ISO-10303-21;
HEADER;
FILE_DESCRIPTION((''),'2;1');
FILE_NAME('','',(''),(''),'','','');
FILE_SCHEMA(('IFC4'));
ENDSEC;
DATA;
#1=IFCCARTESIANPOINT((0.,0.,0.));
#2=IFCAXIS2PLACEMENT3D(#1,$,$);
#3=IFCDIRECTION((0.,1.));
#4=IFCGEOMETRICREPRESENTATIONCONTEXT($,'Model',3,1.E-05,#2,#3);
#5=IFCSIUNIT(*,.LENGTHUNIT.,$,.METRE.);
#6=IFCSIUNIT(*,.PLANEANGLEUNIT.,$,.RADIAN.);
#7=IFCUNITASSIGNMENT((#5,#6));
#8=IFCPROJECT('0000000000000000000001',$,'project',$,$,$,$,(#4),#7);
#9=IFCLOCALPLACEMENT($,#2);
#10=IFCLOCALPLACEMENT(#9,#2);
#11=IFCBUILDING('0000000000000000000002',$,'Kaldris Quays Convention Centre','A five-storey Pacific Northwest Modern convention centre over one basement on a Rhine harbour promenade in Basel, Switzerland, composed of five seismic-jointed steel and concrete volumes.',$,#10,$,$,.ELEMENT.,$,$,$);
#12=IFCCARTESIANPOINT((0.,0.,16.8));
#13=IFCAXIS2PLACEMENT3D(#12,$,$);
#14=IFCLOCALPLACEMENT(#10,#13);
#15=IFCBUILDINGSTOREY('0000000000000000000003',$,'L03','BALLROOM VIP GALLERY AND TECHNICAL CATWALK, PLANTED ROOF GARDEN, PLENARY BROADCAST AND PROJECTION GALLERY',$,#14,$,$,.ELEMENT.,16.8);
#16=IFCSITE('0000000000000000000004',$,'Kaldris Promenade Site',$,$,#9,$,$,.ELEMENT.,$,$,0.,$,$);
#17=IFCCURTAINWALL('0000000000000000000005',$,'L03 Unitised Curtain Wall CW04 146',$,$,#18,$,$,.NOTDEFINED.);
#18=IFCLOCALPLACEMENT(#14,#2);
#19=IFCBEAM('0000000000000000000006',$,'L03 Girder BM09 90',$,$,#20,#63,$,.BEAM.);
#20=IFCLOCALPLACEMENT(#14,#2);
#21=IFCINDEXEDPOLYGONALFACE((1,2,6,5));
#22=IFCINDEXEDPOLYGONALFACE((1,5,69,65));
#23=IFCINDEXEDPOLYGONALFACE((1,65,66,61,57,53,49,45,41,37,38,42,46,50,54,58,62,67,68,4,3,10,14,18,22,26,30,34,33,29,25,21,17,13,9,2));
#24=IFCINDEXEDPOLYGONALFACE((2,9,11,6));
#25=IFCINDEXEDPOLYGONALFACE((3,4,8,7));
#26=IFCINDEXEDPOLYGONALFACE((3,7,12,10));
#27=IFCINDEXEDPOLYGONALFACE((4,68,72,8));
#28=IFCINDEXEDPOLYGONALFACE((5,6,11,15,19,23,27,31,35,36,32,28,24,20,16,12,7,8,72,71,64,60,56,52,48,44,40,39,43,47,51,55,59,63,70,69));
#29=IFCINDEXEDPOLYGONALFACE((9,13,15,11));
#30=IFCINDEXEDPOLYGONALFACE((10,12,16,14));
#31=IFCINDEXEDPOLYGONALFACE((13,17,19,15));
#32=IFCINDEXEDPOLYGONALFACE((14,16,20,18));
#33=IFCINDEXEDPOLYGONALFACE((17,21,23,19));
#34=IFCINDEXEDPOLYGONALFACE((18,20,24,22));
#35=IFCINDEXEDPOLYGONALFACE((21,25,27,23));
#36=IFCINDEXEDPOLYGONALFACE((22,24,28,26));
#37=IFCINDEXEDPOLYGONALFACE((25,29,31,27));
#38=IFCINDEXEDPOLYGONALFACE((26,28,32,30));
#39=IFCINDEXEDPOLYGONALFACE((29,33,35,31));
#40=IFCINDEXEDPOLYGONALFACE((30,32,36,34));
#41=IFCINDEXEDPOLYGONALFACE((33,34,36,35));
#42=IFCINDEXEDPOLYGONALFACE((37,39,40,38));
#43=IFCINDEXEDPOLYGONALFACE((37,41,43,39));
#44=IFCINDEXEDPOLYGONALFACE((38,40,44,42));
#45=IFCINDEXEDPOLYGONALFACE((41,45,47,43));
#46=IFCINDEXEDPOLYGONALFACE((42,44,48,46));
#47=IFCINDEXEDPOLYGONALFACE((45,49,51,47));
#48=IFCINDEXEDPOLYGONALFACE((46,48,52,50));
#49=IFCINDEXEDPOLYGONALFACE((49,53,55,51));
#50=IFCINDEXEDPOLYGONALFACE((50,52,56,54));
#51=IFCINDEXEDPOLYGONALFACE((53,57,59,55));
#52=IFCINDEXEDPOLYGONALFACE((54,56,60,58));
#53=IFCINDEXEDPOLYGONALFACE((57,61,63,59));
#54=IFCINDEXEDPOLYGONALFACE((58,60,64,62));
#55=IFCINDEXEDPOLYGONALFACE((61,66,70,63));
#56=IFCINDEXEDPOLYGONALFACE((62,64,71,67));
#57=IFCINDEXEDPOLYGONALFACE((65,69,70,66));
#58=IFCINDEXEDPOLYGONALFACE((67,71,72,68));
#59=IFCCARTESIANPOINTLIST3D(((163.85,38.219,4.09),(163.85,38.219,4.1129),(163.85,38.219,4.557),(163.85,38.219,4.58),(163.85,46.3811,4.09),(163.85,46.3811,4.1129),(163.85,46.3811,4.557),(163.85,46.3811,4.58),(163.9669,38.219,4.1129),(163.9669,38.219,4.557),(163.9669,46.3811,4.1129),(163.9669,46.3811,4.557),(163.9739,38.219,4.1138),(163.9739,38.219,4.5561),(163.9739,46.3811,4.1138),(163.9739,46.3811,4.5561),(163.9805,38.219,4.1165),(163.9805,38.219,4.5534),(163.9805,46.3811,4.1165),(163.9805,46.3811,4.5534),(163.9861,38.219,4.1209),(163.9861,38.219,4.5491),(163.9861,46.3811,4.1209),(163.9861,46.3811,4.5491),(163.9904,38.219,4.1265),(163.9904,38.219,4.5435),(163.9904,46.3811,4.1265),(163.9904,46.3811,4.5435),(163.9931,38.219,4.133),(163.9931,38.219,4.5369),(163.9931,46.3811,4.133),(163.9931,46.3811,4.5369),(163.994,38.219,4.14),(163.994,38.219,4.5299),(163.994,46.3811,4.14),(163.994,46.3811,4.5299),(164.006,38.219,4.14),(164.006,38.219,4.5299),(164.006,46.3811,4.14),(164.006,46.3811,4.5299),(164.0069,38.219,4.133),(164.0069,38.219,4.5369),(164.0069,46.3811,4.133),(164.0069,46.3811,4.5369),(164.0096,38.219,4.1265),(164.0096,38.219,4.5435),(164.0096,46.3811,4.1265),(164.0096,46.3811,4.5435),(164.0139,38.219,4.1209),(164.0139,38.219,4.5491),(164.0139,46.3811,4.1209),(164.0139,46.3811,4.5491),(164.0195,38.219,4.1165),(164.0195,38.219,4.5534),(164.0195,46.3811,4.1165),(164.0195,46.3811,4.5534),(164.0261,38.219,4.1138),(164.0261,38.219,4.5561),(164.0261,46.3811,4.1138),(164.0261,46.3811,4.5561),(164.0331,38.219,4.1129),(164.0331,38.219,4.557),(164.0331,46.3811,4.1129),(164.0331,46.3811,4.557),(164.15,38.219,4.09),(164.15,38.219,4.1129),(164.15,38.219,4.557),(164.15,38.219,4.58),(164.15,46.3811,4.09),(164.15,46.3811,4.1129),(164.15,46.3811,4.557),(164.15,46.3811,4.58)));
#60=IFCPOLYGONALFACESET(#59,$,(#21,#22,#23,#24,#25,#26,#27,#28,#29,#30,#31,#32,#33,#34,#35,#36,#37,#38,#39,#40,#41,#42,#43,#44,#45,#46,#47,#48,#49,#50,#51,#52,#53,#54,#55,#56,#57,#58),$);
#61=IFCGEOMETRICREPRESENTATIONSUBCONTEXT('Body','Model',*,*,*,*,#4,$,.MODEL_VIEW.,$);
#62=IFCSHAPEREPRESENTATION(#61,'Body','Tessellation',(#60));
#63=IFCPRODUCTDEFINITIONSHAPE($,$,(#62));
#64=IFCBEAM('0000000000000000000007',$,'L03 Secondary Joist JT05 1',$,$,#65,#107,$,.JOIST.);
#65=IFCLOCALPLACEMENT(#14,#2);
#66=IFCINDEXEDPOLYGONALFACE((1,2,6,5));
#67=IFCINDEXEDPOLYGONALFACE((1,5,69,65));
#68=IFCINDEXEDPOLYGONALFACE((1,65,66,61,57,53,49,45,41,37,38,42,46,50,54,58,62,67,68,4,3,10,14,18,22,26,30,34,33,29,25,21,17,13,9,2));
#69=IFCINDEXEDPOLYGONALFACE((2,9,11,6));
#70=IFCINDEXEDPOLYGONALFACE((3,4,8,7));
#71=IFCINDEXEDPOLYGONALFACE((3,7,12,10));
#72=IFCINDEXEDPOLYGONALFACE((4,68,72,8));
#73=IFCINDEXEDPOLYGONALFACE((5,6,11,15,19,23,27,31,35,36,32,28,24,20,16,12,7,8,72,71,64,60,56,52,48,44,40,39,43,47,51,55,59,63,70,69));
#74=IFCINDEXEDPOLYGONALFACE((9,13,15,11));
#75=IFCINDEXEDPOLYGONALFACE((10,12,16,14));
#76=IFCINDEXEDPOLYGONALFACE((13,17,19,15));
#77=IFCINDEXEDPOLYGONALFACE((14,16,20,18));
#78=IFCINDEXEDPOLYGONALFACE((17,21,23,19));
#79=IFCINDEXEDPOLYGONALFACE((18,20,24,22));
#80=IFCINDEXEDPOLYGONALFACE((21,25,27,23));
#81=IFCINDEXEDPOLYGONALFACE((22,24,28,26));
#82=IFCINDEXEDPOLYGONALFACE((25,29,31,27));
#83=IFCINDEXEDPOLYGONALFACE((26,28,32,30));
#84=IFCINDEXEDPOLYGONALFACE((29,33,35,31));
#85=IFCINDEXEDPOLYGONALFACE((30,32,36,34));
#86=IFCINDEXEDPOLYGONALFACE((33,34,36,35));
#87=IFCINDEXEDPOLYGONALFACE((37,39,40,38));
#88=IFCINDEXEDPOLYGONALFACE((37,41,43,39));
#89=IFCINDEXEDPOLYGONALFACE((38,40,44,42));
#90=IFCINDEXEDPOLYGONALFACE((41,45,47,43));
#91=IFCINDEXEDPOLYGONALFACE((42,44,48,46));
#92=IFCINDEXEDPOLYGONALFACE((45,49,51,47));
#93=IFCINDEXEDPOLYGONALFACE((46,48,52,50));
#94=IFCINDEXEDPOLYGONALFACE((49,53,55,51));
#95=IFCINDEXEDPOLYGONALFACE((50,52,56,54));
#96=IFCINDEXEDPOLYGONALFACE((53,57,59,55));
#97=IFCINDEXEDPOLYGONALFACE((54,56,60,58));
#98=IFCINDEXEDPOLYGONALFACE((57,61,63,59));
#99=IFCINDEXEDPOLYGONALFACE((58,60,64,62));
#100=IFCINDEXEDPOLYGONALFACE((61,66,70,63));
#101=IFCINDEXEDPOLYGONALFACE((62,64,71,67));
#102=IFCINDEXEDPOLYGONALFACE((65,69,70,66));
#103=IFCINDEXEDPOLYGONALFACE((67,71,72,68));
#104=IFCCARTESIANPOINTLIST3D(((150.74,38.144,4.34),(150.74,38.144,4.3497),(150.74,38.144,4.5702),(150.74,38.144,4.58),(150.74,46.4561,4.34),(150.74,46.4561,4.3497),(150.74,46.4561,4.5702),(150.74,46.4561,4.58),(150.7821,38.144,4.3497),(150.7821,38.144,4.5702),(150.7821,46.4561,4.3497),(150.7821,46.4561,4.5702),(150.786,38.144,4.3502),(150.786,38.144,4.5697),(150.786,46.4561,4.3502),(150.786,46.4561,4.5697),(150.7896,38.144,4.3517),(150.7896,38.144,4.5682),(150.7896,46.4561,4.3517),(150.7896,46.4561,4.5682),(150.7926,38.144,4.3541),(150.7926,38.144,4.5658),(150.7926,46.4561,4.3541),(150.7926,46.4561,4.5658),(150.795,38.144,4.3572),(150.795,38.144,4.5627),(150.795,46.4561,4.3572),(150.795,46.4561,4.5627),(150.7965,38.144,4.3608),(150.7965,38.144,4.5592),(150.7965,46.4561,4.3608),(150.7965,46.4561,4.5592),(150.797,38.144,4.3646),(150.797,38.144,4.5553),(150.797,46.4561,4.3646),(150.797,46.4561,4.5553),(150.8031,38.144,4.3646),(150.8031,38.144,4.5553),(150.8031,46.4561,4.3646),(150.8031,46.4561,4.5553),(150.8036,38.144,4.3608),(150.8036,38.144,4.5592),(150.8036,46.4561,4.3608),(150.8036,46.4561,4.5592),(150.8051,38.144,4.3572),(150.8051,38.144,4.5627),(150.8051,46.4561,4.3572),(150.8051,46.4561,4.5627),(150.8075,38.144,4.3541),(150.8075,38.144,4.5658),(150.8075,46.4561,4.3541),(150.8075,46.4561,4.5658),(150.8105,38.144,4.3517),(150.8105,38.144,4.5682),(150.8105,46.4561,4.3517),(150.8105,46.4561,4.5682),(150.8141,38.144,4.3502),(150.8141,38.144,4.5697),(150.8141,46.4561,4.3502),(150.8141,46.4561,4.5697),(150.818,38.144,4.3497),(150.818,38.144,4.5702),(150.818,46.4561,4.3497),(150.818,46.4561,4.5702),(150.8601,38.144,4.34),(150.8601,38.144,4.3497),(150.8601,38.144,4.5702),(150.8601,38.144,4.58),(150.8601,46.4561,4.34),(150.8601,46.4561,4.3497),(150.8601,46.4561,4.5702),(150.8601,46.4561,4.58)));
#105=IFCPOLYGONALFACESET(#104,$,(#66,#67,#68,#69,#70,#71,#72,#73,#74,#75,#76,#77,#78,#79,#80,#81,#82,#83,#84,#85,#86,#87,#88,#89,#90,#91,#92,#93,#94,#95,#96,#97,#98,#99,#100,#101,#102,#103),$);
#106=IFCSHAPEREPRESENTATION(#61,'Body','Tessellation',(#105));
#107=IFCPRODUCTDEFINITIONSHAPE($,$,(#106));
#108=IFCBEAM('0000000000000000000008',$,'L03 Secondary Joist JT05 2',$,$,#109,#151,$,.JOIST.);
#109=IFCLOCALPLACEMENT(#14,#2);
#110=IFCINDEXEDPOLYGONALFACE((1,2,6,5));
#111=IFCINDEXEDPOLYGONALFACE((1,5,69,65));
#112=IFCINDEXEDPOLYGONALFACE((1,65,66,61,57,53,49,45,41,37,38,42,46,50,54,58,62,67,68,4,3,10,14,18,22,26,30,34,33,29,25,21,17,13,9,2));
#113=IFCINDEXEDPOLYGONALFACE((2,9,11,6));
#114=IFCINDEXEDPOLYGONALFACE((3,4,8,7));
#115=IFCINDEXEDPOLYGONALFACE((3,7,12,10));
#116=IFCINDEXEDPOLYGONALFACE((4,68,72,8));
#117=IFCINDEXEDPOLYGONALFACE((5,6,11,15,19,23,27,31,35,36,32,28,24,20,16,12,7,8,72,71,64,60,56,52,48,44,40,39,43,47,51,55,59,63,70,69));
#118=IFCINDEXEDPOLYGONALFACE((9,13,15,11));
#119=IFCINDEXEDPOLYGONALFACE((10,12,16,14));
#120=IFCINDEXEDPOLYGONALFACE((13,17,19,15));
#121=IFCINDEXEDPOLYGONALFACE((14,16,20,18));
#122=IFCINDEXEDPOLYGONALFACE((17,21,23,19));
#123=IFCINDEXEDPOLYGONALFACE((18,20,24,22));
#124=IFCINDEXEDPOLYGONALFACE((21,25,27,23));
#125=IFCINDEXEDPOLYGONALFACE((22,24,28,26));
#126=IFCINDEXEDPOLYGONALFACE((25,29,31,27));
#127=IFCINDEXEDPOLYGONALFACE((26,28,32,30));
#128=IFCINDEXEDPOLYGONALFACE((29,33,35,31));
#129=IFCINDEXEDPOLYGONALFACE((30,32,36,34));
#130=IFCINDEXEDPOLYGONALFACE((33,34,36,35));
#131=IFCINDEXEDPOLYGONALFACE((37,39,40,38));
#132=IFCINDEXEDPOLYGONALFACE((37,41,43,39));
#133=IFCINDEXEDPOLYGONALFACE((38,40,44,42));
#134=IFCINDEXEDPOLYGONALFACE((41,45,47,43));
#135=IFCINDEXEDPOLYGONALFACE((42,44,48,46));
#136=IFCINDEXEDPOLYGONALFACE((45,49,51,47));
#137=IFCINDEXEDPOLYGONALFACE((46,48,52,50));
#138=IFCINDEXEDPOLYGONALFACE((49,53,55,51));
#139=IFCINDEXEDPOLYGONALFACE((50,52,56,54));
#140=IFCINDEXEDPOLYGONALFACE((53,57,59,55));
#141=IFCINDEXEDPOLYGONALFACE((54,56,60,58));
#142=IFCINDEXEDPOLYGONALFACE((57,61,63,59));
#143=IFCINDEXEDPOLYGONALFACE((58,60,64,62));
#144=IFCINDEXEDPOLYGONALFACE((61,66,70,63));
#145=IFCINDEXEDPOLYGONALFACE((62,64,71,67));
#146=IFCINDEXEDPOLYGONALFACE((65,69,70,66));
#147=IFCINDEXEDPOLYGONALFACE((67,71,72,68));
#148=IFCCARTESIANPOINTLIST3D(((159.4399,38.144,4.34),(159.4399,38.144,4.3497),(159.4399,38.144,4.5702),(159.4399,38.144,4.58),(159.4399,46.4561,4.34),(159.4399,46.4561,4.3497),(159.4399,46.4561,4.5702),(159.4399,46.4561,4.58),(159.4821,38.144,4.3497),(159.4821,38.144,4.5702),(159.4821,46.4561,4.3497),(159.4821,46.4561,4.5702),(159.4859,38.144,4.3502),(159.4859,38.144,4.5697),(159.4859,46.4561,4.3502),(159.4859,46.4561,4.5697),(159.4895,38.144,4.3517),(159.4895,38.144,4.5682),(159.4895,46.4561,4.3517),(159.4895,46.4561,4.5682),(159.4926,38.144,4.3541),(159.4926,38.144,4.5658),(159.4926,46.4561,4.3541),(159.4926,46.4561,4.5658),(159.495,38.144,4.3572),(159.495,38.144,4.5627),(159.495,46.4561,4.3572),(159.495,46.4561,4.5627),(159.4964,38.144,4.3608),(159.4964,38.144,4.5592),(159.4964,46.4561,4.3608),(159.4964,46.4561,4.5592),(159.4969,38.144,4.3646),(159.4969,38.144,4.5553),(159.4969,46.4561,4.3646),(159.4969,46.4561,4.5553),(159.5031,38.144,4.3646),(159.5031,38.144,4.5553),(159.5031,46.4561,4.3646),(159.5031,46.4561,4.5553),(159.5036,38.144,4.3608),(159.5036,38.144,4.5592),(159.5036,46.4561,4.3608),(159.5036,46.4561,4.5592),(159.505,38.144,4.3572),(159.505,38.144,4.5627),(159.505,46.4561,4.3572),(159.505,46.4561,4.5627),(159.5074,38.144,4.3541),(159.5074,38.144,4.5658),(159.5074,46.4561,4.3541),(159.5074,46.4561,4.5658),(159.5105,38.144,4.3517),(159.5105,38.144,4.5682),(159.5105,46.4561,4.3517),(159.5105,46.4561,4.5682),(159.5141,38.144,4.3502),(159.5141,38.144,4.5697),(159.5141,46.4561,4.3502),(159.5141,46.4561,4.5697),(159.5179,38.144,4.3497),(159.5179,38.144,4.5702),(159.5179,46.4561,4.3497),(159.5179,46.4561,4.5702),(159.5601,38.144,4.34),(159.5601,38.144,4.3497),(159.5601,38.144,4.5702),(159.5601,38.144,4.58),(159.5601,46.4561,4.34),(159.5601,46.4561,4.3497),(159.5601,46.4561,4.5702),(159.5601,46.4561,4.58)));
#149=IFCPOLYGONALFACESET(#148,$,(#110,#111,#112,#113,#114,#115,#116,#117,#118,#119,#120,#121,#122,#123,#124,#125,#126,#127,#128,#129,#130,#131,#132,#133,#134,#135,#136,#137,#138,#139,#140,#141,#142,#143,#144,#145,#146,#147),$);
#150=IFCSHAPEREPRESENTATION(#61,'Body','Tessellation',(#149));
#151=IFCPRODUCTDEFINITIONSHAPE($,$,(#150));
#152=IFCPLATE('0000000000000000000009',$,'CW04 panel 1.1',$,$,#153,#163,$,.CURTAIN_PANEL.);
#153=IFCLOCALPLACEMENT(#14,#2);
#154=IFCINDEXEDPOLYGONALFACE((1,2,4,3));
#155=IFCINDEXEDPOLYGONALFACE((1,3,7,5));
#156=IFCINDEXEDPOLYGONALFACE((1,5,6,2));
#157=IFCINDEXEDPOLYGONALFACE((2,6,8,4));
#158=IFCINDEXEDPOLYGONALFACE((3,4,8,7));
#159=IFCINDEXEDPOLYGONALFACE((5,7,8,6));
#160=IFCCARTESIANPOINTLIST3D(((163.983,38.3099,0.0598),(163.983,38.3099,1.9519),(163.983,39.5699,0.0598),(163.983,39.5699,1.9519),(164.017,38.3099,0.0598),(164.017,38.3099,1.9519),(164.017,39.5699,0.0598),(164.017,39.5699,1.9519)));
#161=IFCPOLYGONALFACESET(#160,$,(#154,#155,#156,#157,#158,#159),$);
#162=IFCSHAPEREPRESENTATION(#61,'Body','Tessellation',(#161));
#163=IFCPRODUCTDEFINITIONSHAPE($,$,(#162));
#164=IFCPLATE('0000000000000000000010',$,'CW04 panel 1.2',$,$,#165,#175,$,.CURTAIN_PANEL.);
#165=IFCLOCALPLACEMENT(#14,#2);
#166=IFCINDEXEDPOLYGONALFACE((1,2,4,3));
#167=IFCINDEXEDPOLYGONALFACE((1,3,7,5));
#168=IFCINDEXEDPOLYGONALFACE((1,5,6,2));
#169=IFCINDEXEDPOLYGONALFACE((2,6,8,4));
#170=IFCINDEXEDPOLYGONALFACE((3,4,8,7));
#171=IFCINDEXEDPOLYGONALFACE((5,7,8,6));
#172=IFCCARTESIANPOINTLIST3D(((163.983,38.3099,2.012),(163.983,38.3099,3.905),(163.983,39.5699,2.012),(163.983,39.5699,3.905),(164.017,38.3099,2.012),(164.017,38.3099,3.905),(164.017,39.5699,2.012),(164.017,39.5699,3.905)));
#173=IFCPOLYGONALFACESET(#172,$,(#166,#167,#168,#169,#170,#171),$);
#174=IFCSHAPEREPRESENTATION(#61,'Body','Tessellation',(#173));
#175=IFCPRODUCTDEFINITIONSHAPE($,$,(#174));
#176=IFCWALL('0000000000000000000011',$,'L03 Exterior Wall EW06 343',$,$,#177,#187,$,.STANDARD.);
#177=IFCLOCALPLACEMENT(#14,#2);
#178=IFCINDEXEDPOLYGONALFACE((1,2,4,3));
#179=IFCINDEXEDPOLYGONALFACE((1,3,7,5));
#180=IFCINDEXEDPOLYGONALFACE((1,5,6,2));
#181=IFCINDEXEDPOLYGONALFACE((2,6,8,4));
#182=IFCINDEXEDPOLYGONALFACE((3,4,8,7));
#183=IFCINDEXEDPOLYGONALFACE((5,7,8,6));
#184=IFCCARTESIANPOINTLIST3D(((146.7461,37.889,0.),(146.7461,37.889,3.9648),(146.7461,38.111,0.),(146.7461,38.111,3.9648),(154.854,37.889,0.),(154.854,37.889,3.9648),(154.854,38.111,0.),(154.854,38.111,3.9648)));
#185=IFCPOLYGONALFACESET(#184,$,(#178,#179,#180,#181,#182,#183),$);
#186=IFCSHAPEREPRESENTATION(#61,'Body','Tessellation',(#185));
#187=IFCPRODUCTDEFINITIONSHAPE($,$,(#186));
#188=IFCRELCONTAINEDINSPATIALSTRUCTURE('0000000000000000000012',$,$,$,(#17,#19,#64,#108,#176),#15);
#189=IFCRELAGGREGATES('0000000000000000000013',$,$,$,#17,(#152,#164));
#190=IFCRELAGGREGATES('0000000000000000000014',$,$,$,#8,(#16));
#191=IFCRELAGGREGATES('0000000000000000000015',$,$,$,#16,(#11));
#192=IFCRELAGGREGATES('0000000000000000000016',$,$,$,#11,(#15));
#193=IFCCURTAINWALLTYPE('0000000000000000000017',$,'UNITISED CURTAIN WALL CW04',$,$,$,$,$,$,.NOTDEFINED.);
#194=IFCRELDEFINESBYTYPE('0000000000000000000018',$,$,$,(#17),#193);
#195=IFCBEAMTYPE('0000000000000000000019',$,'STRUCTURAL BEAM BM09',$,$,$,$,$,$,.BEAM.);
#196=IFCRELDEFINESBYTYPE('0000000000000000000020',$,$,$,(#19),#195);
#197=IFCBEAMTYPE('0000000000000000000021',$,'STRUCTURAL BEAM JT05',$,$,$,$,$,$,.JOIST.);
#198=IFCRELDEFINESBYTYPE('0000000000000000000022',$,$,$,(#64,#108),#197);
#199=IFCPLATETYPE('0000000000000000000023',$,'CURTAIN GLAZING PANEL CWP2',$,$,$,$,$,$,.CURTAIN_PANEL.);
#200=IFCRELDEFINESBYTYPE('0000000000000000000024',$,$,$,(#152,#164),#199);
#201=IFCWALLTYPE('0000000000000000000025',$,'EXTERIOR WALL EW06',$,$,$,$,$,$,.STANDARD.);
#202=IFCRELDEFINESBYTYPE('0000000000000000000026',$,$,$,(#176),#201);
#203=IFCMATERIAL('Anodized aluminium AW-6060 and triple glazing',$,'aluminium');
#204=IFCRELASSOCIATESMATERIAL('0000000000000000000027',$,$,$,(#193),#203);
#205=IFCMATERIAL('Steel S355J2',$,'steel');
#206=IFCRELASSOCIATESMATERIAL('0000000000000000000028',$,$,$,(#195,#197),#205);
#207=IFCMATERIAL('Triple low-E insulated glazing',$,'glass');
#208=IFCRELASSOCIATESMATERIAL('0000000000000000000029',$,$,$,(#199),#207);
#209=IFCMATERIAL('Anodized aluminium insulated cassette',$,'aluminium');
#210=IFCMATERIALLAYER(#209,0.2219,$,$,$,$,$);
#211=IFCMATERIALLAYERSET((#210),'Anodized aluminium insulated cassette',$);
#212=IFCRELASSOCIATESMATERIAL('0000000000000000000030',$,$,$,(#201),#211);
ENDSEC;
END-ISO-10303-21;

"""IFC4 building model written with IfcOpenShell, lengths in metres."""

from ifc_helpers import new_model, si_unit, direction, frame, frame_2d, origin, origin_2d, place, context, subcontext, project, spatial, rectangle, i_section, extrude, material, layer, layer_set, material_profile, profile_set, type_object, element, aggregate, save


model = new_model("IFC4")

# Units and contexts
model_context = context("Model", 3, precision=1e-05, world=origin(), true_north=direction((0.0, 1.0)))
body_context = subcontext(model_context, "Body", "Model", "MODEL_VIEW")
ifc_project = project(units=[si_unit("LENGTHUNIT", "METRE"), si_unit("PLANEANGLEUNIT", "RADIAN")], contexts=[model_context])

# Site, building, storey
site_placement = place(None, origin())
site = spatial("IfcSite", under=ifc_project, at=site_placement, Name="Kaldris Promenade Site", CompositionType="ELEMENT", RefElevation=0.0)
building_placement = place(site_placement, origin())
building = spatial("IfcBuilding", under=site, at=building_placement, Name="Kaldris Quays Convention Centre", Description="A five-storey Pacific Northwest Modern convention centre over one basement on a Rhine harbour promenade in Basel, Switzerland, composed of five seismic-jointed steel and concrete volumes.", CompositionType="ELEMENT")
storey_placement = place(building_placement, frame((0.0, 0.0, 16.8)))
storey = spatial("IfcBuildingStorey", under=building, at=storey_placement, Name="L03", Description="BALLROOM VIP GALLERY AND TECHNICAL CATWALK, PLANTED ROOF GARDEN, PLENARY BROADCAST AND PROJECTION GALLERY", CompositionType="ELEMENT", Elevation=16.8)

# Shared definitions
ifc_material_1 = material(Name="Steel S355J2", Category="steel")

# Curtain wall
ifc_material_2 = material(Name="Anodized aluminium AW-6060 and triple glazing", Category="aluminium")
curtain_wall_type = type_object("IfcCurtainWallType", Name="UNITISED CURTAIN WALL CW04", PredefinedType="NOTDEFINED", material=ifc_material_2)
curtain_wall_placement = place(storey_placement, origin())
curtain_wall = element("IfcCurtainWall", 1, at=curtain_wall_placement, inside=storey, type_object=curtain_wall_type, Name="L03 Unitised Curtain Wall CW04 146", PredefinedType="NOTDEFINED")

# Beams
ifc_material_profile_1 = material_profile(ifc_material_1, i_section(OverallWidth=0.3, OverallDepth=0.49, WebThickness=0.012, FlangeThickness=0.0229, FilletRadius=0.0271, at=origin_2d()), Name="HEA 500")
ifc_profile_set_1 = profile_set([ifc_material_profile_1], Name="Steel S355J2")
beam_type_1 = type_object("IfcBeamType", Name="STRUCTURAL BEAM BM09", PredefinedType="BEAM", material=ifc_profile_set_1)
for number, where, z_axis, x_axis, name in (
    (2, (164.0, 38.219, 4.335), (0.0, 1.0, 0.0), (-1.0, 0.0, 0.0), "L03 Girder BM09 90"),
):
    element("IfcBeam", number, at=place(storey_placement, frame(where, z_axis=z_axis, x_axis=x_axis)), inside=storey, type_object=beam_type_1, Name=name, PredefinedType="BEAM", context=body_context, shape_type="SweptSolid", body=[
        extrude(i_section(OverallWidth=0.3, OverallDepth=0.49, WebThickness=0.012, FlangeThickness=0.0229, FilletRadius=0.0271, at=origin_2d()), origin(), (0.0, 0.0, 1.0), 8.1621),
    ])
ifc_material_profile_2 = material_profile(ifc_material_1, i_section(OverallWidth=0.1201, OverallDepth=0.24, WebThickness=0.0061, FlangeThickness=0.0098, FilletRadius=0.0149, at=origin_2d()), Name="IPE 240")
ifc_profile_set_2 = profile_set([ifc_material_profile_2], Name="Steel S355J2")
beam_type_2 = type_object("IfcBeamType", Name="STRUCTURAL BEAM JT05", PredefinedType="JOIST", material=ifc_profile_set_2)
for number, where, z_axis, x_axis, name in (
    (3, (150.8, 38.144, 4.46), (0.0, 1.0, 0.0), (-1.0, 0.0, 0.0), "L03 Secondary Joist JT05 1"),
    (4, (159.5, 38.144, 4.46), (0.0, 1.0, 0.0), (-1.0, 0.0, 0.0), "L03 Secondary Joist JT05 2"),
):
    element("IfcBeam", number, at=place(storey_placement, frame(where, z_axis=z_axis, x_axis=x_axis)), inside=storey, type_object=beam_type_2, Name=name, PredefinedType="JOIST", context=body_context, shape_type="SweptSolid", body=[
        extrude(i_section(OverallWidth=0.1201, OverallDepth=0.24, WebThickness=0.0061, FlangeThickness=0.0098, FilletRadius=0.0149, at=origin_2d()), origin(), (0.0, 0.0, 1.0), 8.312),
    ])

# Plates
ifc_material_3 = material(Name="Triple low-E insulated glazing", Category="glass")
plate_type = type_object("IfcPlateType", Name="CURTAIN GLAZING PANEL CWP2", PredefinedType="CURTAIN_PANEL", material=ifc_material_3)
plate_1_placement = place(storey_placement, frame((164.0, 38.9399, 0.0598), z_axis=(0.0, 0.0, 1.0), x_axis=(0.0, 1.0, 0.0)))
plate_1 = element("IfcPlate", 5, at=plate_1_placement, type_object=plate_type, Name="CW04 panel 1.1", PredefinedType="CURTAIN_PANEL", context=body_context, shape_type="SweptSolid", body=[
    extrude(rectangle(XDim=1.26, YDim=0.0339, at=origin_2d()), origin(), (0.0, 0.0, 1.0), 1.8921),
])
plate_2_placement = place(storey_placement, frame((164.0, 38.9399, 2.012), z_axis=(0.0, 0.0, 1.0), x_axis=(0.0, 1.0, 0.0)))
plate_2 = element("IfcPlate", 6, at=plate_2_placement, type_object=plate_type, Name="CW04 panel 1.2", PredefinedType="CURTAIN_PANEL", context=body_context, shape_type="SweptSolid", body=[
    extrude(rectangle(XDim=1.26, YDim=0.0339, at=origin_2d()), origin(), (0.0, 0.0, 1.0), 1.8931),
])
aggregate(curtain_wall, [plate_1, plate_2])

# Wall
ifc_material_4 = material(Name="Anodized aluminium insulated cassette", Category="aluminium")
ifc_layer_1 = layer(ifc_material_4, 0.2219)
ifc_layer_set_1 = layer_set([ifc_layer_1], Name="Anodized aluminium insulated cassette")
wall_type_1 = type_object("IfcWallType", Name="EXTERIOR WALL EW06", PredefinedType="STANDARD", material=ifc_layer_set_1)
wall_1_placement = place(storey_placement, frame((146.7461, 38.0, 0.0), z_axis=(0.0, 0.0, 1.0), x_axis=(1.0, 0.0, 0.0)))
element("IfcWall", 7, at=wall_1_placement, inside=storey, type_object=wall_type_1, Name="L03 Exterior Wall EW06 343", PredefinedType="STANDARD", context=body_context, shape_type="SweptSolid", body=[
    extrude(rectangle(XDim=8.1079, YDim=0.2219, at=frame_2d((4.054, 0.0))), origin(), (0.0, 0.0, 1.0), 3.9648),
])

save(model, "model.ifc")
